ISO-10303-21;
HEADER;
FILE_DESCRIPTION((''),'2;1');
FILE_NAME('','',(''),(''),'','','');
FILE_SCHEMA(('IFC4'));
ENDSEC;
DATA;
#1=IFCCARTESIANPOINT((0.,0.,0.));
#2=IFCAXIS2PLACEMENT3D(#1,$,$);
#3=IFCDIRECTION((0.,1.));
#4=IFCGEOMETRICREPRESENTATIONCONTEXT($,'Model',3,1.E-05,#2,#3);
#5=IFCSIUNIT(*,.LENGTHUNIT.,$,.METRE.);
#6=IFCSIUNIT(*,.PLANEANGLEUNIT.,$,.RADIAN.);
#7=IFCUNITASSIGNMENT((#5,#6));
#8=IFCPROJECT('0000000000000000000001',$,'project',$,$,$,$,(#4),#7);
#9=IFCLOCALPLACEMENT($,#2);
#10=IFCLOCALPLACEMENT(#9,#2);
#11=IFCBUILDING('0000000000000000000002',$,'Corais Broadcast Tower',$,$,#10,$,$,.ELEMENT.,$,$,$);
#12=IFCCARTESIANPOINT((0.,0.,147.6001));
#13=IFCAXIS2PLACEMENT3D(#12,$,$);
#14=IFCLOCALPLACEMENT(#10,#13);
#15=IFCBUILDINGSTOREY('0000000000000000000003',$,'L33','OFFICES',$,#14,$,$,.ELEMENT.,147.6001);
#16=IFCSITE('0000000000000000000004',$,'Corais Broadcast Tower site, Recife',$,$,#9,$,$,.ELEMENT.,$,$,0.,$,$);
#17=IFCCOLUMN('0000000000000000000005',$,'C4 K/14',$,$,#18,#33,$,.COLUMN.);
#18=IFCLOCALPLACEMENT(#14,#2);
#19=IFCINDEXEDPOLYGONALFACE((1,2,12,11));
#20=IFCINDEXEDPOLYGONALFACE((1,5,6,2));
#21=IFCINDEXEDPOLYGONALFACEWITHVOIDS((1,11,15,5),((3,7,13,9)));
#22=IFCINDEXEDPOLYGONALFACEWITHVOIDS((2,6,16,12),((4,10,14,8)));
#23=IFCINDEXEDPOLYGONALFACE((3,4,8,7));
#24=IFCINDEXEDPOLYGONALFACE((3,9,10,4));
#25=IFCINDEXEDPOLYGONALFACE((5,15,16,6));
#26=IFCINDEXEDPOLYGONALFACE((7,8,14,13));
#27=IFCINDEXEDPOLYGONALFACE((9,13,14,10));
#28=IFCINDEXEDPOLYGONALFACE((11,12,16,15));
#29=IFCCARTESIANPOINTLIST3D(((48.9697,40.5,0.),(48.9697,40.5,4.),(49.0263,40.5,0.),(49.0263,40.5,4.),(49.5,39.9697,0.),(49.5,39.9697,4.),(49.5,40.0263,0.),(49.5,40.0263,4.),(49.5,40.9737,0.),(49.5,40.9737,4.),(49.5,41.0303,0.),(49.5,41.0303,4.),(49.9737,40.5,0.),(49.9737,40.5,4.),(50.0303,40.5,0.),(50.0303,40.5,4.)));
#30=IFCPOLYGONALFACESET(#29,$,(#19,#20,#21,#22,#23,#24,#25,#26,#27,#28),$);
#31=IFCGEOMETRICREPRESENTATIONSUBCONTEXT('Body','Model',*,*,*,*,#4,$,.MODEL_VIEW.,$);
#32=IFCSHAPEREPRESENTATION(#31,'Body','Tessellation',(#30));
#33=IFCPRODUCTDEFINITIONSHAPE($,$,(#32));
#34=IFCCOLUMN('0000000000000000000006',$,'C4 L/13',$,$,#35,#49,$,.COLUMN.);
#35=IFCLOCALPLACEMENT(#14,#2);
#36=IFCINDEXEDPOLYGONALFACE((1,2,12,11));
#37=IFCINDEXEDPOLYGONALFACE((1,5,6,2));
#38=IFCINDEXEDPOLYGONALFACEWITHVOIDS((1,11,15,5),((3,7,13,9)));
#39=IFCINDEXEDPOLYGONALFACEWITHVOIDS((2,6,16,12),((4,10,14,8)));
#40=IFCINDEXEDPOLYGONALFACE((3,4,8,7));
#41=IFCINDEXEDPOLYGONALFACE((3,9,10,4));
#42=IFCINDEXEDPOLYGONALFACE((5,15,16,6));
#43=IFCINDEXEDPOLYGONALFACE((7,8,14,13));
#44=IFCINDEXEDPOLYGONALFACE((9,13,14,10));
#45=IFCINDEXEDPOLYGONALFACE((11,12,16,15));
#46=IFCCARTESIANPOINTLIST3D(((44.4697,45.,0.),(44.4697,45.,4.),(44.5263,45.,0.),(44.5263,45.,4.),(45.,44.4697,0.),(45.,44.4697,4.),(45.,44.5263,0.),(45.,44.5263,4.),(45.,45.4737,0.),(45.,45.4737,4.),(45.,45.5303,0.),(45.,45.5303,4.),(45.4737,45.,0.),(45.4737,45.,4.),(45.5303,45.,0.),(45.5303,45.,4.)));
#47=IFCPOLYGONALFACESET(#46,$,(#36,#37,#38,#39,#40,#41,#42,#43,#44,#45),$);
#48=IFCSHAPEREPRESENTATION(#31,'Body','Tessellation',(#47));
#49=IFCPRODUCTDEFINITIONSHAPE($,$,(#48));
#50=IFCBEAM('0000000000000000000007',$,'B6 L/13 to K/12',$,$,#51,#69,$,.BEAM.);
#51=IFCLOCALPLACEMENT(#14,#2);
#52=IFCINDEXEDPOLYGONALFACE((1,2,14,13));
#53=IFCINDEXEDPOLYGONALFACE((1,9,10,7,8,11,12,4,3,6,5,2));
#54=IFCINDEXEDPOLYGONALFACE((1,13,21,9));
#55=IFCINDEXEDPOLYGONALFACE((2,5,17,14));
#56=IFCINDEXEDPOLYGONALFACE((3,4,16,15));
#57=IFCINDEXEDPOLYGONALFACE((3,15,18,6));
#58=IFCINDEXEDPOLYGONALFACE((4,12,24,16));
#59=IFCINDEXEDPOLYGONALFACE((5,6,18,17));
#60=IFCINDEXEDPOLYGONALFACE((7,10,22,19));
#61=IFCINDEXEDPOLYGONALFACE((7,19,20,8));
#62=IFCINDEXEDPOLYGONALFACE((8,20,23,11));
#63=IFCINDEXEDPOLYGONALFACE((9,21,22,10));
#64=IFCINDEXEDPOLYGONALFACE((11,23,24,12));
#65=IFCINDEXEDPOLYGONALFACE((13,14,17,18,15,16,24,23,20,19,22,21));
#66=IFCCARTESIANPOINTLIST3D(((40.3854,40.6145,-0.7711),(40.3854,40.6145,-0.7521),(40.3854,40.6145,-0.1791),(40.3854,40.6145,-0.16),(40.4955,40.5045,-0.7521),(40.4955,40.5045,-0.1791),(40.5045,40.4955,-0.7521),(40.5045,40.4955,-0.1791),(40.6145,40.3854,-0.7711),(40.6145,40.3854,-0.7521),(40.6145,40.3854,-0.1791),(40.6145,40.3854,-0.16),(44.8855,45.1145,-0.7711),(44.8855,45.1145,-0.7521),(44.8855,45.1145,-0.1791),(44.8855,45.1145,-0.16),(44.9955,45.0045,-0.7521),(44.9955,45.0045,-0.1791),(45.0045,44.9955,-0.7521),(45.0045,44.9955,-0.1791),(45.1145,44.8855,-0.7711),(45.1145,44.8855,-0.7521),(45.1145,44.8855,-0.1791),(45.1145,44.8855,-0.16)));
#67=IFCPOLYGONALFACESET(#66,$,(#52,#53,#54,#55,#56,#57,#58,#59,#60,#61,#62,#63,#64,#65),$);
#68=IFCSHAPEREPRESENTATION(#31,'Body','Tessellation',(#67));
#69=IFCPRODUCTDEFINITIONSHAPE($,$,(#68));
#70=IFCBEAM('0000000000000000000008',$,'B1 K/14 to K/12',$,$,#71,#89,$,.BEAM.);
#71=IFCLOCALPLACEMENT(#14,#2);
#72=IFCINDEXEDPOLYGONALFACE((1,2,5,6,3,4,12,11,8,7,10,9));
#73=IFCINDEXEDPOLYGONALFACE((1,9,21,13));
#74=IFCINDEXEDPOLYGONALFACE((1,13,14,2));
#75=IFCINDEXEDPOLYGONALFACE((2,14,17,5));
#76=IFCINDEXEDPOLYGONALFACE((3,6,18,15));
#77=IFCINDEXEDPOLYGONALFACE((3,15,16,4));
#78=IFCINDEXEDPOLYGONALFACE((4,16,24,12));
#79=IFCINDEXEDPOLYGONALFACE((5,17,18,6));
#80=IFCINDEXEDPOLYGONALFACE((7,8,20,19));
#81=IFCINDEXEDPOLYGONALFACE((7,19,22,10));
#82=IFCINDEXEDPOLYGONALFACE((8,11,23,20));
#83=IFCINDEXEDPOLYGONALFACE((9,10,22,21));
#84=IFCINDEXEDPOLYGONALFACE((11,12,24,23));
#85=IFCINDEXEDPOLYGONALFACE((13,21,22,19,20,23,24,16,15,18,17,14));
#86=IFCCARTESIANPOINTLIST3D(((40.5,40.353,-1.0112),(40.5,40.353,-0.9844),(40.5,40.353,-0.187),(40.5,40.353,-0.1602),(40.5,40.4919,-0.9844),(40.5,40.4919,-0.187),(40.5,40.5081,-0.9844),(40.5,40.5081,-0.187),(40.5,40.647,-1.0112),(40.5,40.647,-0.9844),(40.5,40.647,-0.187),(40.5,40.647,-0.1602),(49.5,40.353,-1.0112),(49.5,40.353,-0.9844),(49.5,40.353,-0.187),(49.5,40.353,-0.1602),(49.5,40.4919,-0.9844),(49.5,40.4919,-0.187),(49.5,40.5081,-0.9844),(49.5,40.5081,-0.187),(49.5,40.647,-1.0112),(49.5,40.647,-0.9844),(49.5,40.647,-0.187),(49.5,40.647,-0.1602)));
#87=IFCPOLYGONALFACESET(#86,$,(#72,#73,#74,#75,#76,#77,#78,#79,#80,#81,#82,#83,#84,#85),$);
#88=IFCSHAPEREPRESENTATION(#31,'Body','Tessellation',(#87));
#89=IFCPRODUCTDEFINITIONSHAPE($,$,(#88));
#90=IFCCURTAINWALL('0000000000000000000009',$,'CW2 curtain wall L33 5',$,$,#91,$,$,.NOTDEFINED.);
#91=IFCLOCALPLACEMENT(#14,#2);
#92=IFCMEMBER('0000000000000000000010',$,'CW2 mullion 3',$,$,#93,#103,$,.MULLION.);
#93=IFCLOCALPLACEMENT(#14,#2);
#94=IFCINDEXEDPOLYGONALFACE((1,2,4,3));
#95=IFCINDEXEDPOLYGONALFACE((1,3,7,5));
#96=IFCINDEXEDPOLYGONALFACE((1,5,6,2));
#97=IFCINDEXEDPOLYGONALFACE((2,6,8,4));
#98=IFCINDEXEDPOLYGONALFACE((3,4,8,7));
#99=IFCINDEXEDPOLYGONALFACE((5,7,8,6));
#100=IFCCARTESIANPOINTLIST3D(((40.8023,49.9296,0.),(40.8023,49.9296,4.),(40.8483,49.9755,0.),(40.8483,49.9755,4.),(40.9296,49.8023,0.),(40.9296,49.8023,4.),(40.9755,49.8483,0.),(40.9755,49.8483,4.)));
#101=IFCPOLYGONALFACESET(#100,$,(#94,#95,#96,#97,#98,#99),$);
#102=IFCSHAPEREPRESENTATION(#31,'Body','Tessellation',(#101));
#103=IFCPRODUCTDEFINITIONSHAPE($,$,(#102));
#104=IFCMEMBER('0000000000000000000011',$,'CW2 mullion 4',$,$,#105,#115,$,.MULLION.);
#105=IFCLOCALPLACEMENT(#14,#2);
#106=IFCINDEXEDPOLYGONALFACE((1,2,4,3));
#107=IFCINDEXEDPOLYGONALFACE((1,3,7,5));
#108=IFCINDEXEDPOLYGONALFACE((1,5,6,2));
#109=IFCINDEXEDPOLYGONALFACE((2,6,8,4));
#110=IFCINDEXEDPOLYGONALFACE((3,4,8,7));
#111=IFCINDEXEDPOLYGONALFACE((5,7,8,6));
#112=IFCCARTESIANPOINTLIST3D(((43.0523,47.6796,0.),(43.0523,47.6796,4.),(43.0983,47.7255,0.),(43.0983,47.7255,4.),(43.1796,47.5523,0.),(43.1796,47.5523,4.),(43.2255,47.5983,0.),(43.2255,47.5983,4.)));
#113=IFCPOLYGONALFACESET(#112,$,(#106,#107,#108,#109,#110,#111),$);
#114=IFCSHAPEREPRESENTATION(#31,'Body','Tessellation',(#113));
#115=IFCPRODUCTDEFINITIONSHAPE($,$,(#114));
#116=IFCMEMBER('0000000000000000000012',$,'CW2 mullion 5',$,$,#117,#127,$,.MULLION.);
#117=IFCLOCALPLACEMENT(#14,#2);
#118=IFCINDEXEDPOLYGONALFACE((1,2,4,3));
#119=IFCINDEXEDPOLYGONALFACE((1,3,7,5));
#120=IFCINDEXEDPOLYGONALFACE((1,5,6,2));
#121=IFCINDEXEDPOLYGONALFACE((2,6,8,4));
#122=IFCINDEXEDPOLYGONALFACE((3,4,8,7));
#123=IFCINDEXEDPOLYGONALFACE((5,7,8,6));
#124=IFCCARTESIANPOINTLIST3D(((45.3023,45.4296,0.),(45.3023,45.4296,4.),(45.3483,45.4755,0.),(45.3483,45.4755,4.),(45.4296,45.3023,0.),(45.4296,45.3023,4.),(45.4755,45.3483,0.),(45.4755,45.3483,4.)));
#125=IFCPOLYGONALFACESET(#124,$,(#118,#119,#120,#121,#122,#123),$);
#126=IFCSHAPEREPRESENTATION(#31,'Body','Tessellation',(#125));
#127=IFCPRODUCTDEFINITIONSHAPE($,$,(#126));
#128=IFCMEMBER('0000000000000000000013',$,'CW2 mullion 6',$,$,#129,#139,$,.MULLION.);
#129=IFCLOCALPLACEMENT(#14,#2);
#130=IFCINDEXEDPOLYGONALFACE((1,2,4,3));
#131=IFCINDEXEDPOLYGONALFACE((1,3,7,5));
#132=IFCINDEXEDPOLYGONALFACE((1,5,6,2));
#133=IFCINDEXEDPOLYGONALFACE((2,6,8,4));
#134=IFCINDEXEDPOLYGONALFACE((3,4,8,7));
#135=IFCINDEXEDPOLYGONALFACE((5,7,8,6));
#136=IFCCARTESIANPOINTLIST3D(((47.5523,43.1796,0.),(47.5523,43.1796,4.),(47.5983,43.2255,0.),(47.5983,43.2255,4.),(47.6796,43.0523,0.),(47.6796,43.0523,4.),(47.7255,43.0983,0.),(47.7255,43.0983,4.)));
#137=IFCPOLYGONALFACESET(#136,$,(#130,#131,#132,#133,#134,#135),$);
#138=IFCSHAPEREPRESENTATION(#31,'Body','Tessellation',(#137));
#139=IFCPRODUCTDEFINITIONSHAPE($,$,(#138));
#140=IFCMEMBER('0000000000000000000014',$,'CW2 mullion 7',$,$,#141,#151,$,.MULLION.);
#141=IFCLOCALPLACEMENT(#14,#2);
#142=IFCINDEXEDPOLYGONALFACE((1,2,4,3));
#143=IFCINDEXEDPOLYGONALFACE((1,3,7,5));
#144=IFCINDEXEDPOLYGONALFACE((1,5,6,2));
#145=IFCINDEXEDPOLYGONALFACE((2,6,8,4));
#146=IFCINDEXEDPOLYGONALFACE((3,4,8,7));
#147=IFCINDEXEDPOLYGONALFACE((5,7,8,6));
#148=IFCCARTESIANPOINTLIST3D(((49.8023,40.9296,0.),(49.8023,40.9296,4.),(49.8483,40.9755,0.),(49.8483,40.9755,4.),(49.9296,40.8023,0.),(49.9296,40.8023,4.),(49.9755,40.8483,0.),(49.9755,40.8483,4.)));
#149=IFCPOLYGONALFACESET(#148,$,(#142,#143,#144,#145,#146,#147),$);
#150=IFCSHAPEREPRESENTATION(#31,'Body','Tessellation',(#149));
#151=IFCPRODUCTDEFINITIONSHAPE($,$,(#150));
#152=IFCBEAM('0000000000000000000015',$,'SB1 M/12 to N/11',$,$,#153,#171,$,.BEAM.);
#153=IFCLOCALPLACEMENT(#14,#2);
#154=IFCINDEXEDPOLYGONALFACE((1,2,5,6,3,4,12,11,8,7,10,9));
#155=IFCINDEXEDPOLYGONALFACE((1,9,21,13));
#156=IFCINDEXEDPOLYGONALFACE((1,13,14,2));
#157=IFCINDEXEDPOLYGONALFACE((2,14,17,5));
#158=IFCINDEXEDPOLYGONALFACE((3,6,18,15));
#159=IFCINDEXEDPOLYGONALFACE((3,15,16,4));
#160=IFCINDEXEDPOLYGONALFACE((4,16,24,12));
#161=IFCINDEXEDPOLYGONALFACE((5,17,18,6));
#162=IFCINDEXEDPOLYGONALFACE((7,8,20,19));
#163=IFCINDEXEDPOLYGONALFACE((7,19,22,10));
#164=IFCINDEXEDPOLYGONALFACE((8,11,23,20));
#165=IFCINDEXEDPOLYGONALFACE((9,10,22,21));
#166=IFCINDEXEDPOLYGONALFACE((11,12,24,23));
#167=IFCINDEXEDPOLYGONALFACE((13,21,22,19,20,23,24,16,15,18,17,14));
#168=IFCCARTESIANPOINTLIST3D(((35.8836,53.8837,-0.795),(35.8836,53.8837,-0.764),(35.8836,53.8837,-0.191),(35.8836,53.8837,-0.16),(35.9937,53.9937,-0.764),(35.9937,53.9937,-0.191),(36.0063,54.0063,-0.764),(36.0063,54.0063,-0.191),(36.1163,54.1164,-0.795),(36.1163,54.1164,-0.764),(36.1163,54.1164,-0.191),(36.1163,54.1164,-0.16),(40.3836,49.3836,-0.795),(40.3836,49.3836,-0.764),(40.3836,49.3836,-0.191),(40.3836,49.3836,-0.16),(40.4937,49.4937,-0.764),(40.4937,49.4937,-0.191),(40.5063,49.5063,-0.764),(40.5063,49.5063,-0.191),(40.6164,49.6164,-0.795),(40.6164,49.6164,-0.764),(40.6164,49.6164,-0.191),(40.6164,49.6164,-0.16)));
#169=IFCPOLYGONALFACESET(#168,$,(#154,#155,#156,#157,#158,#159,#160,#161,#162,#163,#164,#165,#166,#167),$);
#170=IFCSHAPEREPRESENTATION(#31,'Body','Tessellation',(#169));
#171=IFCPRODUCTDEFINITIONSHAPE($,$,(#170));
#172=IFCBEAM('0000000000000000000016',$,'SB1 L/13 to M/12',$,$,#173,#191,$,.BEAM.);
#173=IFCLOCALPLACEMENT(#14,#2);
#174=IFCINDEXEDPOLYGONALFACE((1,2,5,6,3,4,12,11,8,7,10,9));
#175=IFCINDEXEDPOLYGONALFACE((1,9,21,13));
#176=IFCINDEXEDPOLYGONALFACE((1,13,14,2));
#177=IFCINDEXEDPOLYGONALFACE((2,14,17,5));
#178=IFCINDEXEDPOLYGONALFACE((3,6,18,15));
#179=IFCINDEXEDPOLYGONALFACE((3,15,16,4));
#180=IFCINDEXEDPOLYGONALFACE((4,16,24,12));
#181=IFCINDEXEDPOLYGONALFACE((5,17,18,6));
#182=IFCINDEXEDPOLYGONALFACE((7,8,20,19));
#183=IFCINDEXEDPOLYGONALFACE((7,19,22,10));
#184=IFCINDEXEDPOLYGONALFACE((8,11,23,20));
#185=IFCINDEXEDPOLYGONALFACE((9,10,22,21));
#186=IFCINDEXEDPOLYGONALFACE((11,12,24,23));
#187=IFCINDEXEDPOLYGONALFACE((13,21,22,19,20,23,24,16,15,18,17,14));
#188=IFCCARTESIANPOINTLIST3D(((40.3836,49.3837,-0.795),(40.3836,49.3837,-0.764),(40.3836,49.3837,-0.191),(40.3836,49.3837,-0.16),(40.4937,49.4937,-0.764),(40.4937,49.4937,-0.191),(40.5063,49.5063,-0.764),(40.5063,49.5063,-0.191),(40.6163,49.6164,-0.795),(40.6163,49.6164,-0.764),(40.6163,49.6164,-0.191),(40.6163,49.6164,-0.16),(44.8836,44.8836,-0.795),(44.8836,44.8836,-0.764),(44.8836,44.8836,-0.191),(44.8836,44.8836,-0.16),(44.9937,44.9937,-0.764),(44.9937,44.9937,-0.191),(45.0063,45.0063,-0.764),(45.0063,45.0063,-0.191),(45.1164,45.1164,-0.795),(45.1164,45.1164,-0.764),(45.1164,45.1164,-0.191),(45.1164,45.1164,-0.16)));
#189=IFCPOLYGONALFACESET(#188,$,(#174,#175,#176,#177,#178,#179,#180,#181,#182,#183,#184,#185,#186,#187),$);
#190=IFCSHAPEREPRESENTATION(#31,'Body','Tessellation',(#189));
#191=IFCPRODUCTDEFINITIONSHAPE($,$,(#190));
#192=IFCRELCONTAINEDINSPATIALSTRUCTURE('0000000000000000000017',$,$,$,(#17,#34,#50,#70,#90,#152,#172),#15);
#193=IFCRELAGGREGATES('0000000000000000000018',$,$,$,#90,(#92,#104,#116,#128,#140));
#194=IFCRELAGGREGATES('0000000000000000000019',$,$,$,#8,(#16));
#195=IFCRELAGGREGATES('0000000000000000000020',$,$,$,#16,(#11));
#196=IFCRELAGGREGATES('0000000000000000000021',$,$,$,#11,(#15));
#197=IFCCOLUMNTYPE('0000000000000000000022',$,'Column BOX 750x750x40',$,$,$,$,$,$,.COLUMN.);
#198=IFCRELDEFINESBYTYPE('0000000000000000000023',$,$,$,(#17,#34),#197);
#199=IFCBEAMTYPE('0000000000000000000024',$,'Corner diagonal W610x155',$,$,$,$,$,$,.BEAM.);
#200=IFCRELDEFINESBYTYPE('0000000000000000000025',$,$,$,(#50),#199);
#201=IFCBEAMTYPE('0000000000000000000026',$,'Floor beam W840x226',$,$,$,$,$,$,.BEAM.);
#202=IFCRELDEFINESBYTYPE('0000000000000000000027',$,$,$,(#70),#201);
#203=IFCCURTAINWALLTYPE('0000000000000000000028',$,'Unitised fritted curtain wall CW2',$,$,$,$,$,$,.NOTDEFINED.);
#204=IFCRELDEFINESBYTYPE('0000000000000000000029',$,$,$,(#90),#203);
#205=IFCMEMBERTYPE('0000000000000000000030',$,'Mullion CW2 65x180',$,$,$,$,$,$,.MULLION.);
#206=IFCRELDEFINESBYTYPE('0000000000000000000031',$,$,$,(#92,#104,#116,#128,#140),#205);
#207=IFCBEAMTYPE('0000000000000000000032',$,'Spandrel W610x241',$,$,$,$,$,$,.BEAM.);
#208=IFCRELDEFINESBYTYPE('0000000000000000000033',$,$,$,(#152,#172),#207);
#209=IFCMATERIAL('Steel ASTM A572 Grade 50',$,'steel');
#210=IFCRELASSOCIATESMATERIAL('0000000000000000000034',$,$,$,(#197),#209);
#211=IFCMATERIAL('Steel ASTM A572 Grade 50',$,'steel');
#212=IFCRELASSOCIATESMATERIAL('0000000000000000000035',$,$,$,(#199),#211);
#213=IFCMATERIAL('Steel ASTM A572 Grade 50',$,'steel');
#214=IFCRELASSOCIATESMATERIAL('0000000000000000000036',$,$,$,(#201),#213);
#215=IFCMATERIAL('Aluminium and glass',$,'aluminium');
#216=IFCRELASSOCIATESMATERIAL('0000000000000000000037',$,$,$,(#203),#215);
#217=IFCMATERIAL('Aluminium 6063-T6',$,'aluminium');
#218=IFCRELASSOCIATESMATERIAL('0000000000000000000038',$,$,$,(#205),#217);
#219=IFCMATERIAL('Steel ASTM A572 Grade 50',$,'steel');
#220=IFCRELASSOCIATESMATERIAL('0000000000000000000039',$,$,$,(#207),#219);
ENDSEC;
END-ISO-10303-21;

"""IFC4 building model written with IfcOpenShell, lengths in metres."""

from ifc_helpers import new_model, si_unit, direction, frame, origin, origin_2d, place, context, subcontext, project, spatial, rectangle, hollow_rectangle, i_section, extrude, material, material_profile, profile_set, type_object, element, aggregate, save


model = new_model("IFC4")

# Units and contexts
model_context = context("Model", 3, precision=1e-05, world=origin(), true_north=direction((0.0, 1.0)))
body_context = subcontext(model_context, "Body", "Model", "MODEL_VIEW")
ifc_project = project(units=[si_unit("LENGTHUNIT", "METRE"), si_unit("PLANEANGLEUNIT", "RADIAN")], contexts=[model_context])

# Site, building, storey
site_placement = place(None, origin())
site = spatial("IfcSite", under=ifc_project, at=site_placement, Name="Corais Broadcast Tower site, Recife", CompositionType="ELEMENT", RefElevation=0.0)
building_placement = place(site_placement, origin())
building = spatial("IfcBuilding", under=site, at=building_placement, Name="Corais Broadcast Tower", CompositionType="ELEMENT")
storey_placement = place(building_placement, frame((0.0, 0.0, 147.6001)))
storey = spatial("IfcBuildingStorey", under=building, at=storey_placement, Name="L33", Description="OFFICES", CompositionType="ELEMENT", Elevation=147.6001)

# Columns
ifc_material_1 = material(Name="Steel ASTM A572 Grade 50", Category="steel")
ifc_material_profile_1 = material_profile(ifc_material_1, hollow_rectangle(XDim=0.75, YDim=0.75, WallThickness=0.04, at=origin_2d()), Name="BOX 750x750x40")
ifc_profile_set_1 = profile_set([ifc_material_profile_1], Name="Steel ASTM A572 Grade 50")
column_type = type_object("IfcColumnType", Name="Column BOX 750x750x40", PredefinedType="COLUMN", material=ifc_profile_set_1)
for number, where, z_axis, x_axis, name in (
    (1, (49.5, 40.5, 0.0), (0.0, 0.0, 1.0), (0.707107, 0.707107, 0.0), "C4 K/14"),
    (2, (45.0, 45.0, 0.0), (0.0, 0.0, 1.0), (0.707107, 0.707107, 0.0), "C4 L/13"),
):
    element("IfcColumn", number, at=place(storey_placement, frame(where, z_axis=z_axis, x_axis=x_axis)), inside=storey, type_object=column_type, Name=name, PredefinedType="COLUMN", context=body_context, shape_type="SweptSolid", body=[
        extrude(hollow_rectangle(XDim=0.75, YDim=0.75, WallThickness=0.04, at=origin_2d()), origin(), (0.0, 0.0, 1.0), 4.0),
    ])

# Beams
ifc_material_2 = material(Name="Steel ASTM A572 Grade 50", Category="steel")
ifc_material_profile_2 = material_profile(ifc_material_2, i_section(OverallWidth=0.324, OverallDepth=0.6111, WebThickness=0.0127, FlangeThickness=0.019, at=origin_2d()), Name="W610x155")
ifc_profile_set_2 = profile_set([ifc_material_profile_2], Name="Steel ASTM A572 Grade 50")
beam_type_1 = type_object("IfcBeamType", Name="Corner diagonal W610x155", PredefinedType="BEAM", material=ifc_profile_set_2)
beam_1_placement = place(storey_placement, frame((45.0, 45.0, -0.4656), z_axis=(-0.707107, -0.707107, 0.0), x_axis=(0.707107, -0.707107, 0.0)))
element("IfcBeam", 3, at=beam_1_placement, inside=storey, type_object=beam_type_1, Name="B6 L/13 to K/12", PredefinedType="BEAM", context=body_context, shape_type="SweptSolid", body=[
    extrude(i_section(OverallWidth=0.324, OverallDepth=0.6111, WebThickness=0.0127, FlangeThickness=0.019, at=origin_2d()), origin(), (0.0, 0.0, 1.0), 6.364),
])
ifc_material_3 = material(Name="Steel ASTM A572 Grade 50", Category="steel")
ifc_material_profile_3 = material_profile(ifc_material_3, i_section(OverallWidth=0.2939, OverallDepth=0.8511, WebThickness=0.0161, FlangeThickness=0.0269, at=origin_2d()), Name="W840x226")
ifc_profile_set_3 = profile_set([ifc_material_profile_3], Name="Steel ASTM A572 Grade 50")
beam_type_2 = type_object("IfcBeamType", Name="Floor beam W840x226", PredefinedType="BEAM", material=ifc_profile_set_3)
beam_2_placement = place(storey_placement, frame((49.5, 40.5, -0.5857), z_axis=(-1.0, 0.0, 0.0), x_axis=(0.0, -1.0, 0.0)))
element("IfcBeam", 4, at=beam_2_placement, inside=storey, type_object=beam_type_2, Name="B1 K/14 to K/12", PredefinedType="BEAM", context=body_context, shape_type="SweptSolid", body=[
    extrude(i_section(OverallWidth=0.2939, OverallDepth=0.8511, WebThickness=0.0161, FlangeThickness=0.0269, at=origin_2d()), origin(), (0.0, 0.0, 1.0), 9.0),
])

# Curtain wall, members
ifc_material_4 = material(Name="Aluminium and glass", Category="aluminium")
curtain_wall_type = type_object("IfcCurtainWallType", Name="Unitised fritted curtain wall CW2", PredefinedType="NOTDEFINED", material=ifc_material_4)
curtain_wall_placement = place(storey_placement, origin())
curtain_wall = element("IfcCurtainWall", 5, at=curtain_wall_placement, inside=storey, type_object=curtain_wall_type, Name="CW2 curtain wall L33 5", PredefinedType="NOTDEFINED")
ifc_material_5 = material(Name="Aluminium 6063-T6", Category="aluminium")
ifc_material_profile_4 = material_profile(ifc_material_5, rectangle(XDim=0.0649, YDim=0.1799, at=origin_2d()), Name="Mullion CW2 65x180")
ifc_profile_set_4 = profile_set([ifc_material_profile_4], Name="Aluminium 6063-T6")
member_type_1 = type_object("IfcMemberType", Name="Mullion CW2 65x180", PredefinedType="MULLION", material=ifc_profile_set_4)
member_1_placement = place(storey_placement, frame((40.8889, 49.8889, 0.0), z_axis=(0.0, 0.0, 1.0), x_axis=(0.707107, 0.707107, 0.0)))
member_1 = element("IfcMember", 6, at=member_1_placement, type_object=member_type_1, Name="CW2 mullion 3", PredefinedType="MULLION", context=body_context, shape_type="SweptSolid", body=[
    extrude(rectangle(XDim=0.0649, YDim=0.1799, at=origin_2d()), origin(), (0.0, 0.0, 1.0), 4.0),
])
member_2_placement = place(storey_placement, frame((43.1389, 47.6389, 0.0), z_axis=(0.0, 0.0, 1.0), x_axis=(0.707107, 0.707107, 0.0)))
member_2 = element("IfcMember", 7, at=member_2_placement, type_object=member_type_1, Name="CW2 mullion 4", PredefinedType="MULLION", context=body_context, shape_type="SweptSolid", body=[
    extrude(rectangle(XDim=0.0649, YDim=0.1799, at=origin_2d()), origin(), (0.0, 0.0, 1.0), 4.0),
])
member_3_placement = place(storey_placement, frame((45.3889, 45.3889, 0.0), z_axis=(0.0, 0.0, 1.0), x_axis=(0.707107, 0.707107, 0.0)))
member_3 = element("IfcMember", 8, at=member_3_placement, type_object=member_type_1, Name="CW2 mullion 5", PredefinedType="MULLION", context=body_context, shape_type="SweptSolid", body=[
    extrude(rectangle(XDim=0.0649, YDim=0.1799, at=origin_2d()), origin(), (0.0, 0.0, 1.0), 4.0),
])
member_4_placement = place(storey_placement, frame((47.6389, 43.1389, 0.0), z_axis=(0.0, 0.0, 1.0), x_axis=(0.707107, 0.707107, 0.0)))
member_4 = element("IfcMember", 9, at=member_4_placement, type_object=member_type_1, Name="CW2 mullion 6", PredefinedType="MULLION", context=body_context, shape_type="SweptSolid", body=[
    extrude(rectangle(XDim=0.0649, YDim=0.1799, at=origin_2d()), origin(), (0.0, 0.0, 1.0), 4.0),
])
member_5_placement = place(storey_placement, frame((49.8889, 40.8889, 0.0), z_axis=(0.0, 0.0, 1.0), x_axis=(0.707107, 0.707107, 0.0)))
member_5 = element("IfcMember", 10, at=member_5_placement, type_object=member_type_1, Name="CW2 mullion 7", PredefinedType="MULLION", context=body_context, shape_type="SweptSolid", body=[
    extrude(rectangle(XDim=0.0649, YDim=0.1799, at=origin_2d()), origin(), (0.0, 0.0, 1.0), 4.0),
])

# Beams
ifc_material_6 = material(Name="Steel ASTM A572 Grade 50", Category="steel")
ifc_material_profile_5 = material_profile(ifc_material_6, i_section(OverallWidth=0.3291, OverallDepth=0.635, WebThickness=0.0178, FlangeThickness=0.031, at=origin_2d()), Name="W610x241")
ifc_profile_set_5 = profile_set([ifc_material_profile_5], Name="Steel ASTM A572 Grade 50")
beam_type_3 = type_object("IfcBeamType", Name="Spandrel W610x241", PredefinedType="BEAM", material=ifc_profile_set_5)
for number, where, z_axis, x_axis, name in (
    (11, (40.5, 49.5, -0.4775), (-0.707107, 0.707107, 0.0), (-0.707107, -0.707107, 0.0), "SB1 M/12 to N/11"),
    (12, (45.0, 45.0, -0.4775), (-0.707107, 0.707107, 0.0), (-0.707107, -0.707107, 0.0), "SB1 L/13 to M/12"),
):
    element("IfcBeam", number, at=place(storey_placement, frame(where, z_axis=z_axis, x_axis=x_axis)), inside=storey, type_object=beam_type_3, Name=name, PredefinedType="BEAM", context=body_context, shape_type="SweptSolid", body=[
        extrude(i_section(OverallWidth=0.3291, OverallDepth=0.635, WebThickness=0.0178, FlangeThickness=0.031, at=origin_2d()), origin(), (0.0, 0.0, 1.0), 6.364),
    ])

aggregate(curtain_wall, [member_1, member_2, member_3, member_4, member_5])

save(model, "model.ifc")
